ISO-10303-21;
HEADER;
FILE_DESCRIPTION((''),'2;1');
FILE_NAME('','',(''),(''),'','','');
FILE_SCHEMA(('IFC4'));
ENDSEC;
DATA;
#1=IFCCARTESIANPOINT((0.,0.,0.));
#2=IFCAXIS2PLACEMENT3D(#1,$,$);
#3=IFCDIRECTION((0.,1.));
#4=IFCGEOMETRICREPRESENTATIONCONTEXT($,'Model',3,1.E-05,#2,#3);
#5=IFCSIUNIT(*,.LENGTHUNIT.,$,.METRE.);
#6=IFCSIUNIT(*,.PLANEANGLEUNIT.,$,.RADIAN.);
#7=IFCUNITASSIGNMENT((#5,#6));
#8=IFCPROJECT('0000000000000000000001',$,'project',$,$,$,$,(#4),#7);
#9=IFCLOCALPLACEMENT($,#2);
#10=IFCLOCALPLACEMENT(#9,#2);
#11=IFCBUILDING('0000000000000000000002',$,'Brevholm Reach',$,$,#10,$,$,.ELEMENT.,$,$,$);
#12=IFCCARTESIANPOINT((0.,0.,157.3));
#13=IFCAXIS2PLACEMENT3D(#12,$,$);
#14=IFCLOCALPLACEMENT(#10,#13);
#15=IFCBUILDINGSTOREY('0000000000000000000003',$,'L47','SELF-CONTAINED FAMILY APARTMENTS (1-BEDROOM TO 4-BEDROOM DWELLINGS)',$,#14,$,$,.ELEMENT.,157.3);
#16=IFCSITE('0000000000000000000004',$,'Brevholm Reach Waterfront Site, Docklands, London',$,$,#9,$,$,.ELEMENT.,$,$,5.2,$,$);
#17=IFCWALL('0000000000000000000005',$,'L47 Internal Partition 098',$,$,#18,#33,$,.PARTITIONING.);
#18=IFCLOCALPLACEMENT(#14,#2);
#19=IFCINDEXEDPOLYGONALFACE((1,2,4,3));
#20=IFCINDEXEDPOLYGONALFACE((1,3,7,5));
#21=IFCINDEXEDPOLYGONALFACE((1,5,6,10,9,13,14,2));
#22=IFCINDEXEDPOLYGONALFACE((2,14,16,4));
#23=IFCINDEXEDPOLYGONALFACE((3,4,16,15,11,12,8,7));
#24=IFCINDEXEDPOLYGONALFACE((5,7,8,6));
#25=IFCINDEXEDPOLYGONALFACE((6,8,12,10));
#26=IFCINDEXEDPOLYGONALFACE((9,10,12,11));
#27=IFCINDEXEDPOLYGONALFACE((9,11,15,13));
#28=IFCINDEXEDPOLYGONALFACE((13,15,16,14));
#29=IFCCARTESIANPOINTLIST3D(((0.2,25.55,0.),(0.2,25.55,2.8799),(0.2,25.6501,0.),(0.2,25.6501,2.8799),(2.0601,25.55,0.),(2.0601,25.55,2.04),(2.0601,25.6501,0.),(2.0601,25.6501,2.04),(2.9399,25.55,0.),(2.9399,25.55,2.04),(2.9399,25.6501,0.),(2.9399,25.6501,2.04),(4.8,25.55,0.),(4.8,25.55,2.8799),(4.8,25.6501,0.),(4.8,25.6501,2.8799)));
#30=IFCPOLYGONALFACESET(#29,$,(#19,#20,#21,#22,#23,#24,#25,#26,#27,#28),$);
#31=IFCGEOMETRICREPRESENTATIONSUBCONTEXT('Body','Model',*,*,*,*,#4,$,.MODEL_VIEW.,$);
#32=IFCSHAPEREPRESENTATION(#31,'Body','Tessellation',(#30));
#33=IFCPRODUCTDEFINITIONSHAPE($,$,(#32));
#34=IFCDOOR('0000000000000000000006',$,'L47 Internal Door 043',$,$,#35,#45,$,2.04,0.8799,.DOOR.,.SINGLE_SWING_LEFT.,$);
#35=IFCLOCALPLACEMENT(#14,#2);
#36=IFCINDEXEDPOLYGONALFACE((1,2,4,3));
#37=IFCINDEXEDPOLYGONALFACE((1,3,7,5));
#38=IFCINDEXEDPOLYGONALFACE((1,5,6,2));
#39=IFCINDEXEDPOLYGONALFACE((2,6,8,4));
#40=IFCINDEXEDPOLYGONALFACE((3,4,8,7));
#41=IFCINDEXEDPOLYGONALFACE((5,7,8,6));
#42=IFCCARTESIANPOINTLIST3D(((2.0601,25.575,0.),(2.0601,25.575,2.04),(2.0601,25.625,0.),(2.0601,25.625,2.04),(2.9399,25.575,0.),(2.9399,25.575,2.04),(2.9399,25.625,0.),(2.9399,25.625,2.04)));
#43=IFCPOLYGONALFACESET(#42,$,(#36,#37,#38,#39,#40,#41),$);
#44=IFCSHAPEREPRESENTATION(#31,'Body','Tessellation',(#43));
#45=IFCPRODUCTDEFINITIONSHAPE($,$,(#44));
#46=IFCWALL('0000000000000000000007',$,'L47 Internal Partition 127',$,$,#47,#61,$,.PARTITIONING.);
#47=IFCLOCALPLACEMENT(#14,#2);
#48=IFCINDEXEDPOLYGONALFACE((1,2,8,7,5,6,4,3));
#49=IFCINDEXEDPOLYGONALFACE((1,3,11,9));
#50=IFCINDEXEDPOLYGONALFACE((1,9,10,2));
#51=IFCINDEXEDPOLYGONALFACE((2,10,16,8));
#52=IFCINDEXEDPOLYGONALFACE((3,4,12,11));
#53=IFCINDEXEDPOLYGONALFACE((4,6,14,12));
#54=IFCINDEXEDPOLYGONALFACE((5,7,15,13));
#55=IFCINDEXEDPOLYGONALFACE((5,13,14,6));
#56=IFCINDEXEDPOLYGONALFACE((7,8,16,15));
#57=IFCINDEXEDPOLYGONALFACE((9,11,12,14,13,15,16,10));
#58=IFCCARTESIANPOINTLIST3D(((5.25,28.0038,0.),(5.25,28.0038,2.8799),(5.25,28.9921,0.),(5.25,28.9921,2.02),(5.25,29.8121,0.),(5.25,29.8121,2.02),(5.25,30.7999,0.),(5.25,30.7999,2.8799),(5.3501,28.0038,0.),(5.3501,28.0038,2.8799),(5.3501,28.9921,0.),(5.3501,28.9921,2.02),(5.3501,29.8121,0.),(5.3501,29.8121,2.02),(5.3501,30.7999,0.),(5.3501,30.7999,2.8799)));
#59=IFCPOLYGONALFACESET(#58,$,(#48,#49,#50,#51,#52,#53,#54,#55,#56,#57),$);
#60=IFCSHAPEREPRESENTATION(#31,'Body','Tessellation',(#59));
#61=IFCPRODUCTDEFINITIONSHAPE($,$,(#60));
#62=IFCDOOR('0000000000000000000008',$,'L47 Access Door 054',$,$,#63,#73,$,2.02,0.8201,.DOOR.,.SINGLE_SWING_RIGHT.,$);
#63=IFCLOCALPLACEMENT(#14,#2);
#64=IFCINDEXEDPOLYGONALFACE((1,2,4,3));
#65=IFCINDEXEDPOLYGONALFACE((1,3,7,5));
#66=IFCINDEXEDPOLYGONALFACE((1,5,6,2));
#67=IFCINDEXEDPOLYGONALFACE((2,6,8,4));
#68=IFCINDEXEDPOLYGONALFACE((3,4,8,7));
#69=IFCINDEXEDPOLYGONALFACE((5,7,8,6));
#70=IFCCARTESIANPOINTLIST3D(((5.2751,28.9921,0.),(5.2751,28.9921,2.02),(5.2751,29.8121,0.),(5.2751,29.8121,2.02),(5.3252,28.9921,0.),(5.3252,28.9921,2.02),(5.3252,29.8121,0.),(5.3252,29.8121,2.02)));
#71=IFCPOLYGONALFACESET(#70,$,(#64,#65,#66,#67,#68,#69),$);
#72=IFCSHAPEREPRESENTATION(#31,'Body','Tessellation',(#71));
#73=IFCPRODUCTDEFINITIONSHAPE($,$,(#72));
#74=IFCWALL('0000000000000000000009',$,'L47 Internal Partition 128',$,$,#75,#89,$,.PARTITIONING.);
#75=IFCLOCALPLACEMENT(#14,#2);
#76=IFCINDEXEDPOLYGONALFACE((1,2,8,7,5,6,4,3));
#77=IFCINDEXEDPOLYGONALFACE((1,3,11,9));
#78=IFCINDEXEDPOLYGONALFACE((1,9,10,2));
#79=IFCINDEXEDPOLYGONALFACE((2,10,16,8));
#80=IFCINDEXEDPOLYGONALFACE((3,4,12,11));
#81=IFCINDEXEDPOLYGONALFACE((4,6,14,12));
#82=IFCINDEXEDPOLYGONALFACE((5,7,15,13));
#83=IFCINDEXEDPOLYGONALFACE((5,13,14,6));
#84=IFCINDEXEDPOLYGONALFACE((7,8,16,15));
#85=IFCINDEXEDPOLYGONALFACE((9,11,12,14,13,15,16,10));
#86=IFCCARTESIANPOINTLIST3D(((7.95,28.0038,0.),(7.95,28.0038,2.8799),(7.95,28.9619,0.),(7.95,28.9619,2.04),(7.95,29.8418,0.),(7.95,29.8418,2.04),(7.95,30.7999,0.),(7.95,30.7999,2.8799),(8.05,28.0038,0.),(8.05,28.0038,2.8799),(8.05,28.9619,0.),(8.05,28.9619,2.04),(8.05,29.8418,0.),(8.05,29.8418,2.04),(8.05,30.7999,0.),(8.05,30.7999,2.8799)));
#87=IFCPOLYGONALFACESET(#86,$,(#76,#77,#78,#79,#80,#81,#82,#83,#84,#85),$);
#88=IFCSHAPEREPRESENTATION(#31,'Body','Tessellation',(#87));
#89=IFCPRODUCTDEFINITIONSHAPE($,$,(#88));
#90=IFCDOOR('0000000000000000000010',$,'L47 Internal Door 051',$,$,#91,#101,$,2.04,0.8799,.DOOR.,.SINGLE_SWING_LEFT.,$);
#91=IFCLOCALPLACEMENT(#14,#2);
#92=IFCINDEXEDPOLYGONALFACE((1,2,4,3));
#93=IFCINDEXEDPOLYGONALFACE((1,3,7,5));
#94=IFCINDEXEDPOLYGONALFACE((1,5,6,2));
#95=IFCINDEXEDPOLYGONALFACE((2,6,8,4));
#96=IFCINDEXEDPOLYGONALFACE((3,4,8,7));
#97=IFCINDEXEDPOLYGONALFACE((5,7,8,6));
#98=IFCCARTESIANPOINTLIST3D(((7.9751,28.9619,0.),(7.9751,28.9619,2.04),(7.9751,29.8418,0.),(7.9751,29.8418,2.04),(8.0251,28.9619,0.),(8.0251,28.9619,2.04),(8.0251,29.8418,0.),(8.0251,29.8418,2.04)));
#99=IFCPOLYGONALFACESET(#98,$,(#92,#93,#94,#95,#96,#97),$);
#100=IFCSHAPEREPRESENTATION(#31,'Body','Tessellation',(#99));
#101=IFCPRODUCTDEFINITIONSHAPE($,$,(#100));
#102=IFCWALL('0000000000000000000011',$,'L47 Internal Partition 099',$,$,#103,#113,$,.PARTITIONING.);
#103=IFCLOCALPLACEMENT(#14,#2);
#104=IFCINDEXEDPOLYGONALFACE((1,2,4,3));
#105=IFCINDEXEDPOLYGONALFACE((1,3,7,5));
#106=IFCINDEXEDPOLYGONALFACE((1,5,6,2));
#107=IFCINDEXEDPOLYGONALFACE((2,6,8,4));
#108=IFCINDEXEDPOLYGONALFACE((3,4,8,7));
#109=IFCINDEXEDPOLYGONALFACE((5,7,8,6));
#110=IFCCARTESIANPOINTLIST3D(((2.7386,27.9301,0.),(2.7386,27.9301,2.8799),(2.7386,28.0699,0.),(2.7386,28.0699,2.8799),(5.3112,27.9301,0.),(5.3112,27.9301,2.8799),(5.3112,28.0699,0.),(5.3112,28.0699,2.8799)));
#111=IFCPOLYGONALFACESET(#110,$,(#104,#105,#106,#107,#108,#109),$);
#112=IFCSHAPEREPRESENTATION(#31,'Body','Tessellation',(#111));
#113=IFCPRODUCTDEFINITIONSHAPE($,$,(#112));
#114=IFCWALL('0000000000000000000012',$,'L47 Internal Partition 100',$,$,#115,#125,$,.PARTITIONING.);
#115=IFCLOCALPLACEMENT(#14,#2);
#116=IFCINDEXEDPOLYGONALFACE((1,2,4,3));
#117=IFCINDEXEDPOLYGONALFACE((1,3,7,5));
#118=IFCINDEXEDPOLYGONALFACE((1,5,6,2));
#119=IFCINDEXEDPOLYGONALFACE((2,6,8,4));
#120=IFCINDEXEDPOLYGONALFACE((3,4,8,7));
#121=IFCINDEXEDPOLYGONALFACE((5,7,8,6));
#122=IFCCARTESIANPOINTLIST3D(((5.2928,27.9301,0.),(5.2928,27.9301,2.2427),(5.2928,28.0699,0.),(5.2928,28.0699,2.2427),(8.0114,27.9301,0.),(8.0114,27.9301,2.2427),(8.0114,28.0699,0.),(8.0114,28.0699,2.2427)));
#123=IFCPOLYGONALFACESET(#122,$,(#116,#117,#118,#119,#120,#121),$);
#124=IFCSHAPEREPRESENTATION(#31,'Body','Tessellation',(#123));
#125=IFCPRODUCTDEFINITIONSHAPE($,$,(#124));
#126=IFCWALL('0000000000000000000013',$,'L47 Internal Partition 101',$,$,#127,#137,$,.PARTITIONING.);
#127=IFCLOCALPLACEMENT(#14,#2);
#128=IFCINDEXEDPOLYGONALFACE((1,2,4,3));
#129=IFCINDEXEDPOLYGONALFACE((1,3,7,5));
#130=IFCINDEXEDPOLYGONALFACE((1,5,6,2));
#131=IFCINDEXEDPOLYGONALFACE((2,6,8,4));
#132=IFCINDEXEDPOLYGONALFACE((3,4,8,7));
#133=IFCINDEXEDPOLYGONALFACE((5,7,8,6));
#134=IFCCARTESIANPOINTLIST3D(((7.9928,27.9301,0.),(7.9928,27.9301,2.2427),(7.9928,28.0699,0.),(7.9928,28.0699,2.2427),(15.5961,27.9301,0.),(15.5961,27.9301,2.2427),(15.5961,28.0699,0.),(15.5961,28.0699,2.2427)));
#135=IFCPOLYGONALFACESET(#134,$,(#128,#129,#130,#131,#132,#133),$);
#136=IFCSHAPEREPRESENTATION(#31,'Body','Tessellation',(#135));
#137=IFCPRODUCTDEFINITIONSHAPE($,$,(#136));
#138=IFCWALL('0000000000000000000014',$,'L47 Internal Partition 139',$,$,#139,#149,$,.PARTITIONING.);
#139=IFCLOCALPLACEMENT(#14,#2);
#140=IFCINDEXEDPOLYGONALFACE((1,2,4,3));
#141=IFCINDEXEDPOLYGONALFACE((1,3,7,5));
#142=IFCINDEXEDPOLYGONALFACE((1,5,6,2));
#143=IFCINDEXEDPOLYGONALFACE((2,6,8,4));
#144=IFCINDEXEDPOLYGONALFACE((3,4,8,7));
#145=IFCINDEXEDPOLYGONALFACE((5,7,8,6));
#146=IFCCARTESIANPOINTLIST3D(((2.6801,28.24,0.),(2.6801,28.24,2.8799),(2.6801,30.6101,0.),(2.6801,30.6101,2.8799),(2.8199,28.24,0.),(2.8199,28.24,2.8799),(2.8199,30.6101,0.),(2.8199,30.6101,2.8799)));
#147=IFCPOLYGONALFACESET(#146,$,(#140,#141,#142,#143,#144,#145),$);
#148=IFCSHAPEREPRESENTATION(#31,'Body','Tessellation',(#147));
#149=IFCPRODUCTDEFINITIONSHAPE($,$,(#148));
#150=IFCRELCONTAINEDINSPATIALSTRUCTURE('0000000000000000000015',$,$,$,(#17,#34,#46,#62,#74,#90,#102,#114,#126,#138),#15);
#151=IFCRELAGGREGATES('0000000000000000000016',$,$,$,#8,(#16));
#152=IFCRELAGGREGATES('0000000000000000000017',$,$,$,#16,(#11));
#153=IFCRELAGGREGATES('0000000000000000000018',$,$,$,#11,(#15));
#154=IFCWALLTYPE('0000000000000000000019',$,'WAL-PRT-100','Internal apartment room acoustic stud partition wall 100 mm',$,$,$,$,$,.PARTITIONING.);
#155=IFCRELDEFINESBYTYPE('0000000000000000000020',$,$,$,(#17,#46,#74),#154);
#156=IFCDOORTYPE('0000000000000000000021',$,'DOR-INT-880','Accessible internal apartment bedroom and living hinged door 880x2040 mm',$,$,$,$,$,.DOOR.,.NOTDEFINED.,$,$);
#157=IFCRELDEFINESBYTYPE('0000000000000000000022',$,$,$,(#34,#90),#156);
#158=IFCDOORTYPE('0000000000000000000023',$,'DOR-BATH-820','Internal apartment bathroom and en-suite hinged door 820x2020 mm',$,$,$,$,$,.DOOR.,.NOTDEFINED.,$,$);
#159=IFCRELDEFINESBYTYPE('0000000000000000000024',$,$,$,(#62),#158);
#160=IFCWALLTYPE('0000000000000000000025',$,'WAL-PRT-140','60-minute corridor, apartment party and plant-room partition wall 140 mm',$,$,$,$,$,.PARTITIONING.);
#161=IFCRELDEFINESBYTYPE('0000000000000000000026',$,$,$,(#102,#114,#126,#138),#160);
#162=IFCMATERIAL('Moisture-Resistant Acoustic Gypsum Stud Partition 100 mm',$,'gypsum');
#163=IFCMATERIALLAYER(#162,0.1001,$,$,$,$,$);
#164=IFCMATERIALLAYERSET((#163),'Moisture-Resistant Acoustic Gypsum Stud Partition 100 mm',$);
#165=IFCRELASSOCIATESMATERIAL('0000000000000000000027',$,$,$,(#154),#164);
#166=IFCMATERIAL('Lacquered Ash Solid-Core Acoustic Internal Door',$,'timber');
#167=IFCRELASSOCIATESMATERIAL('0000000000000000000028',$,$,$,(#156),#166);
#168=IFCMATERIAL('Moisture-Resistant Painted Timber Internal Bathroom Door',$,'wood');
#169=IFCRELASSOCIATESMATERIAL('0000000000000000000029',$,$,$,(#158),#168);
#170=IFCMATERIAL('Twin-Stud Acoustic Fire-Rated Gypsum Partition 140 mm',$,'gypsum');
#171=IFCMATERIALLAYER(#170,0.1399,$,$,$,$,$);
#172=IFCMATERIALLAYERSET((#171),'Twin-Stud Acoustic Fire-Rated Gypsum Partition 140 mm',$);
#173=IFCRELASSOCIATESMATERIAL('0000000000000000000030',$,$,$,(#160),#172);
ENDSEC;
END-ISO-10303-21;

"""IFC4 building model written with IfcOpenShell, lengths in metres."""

from ifc_helpers import new_model, si_unit, direction, frame, frame_2d, origin, place, context, subcontext, project, spatial, rectangle, extrude, material, layer, layer_set, type_object, element, fill, save


model = new_model("IFC4")

# Units and contexts
model_context = context("Model", 3, precision=1e-05, world=origin(), true_north=direction((0.0, 1.0)))
body_context = subcontext(model_context, "Body", "Model", "MODEL_VIEW")
ifc_project = project(units=[si_unit("LENGTHUNIT", "METRE"), si_unit("PLANEANGLEUNIT", "RADIAN")], contexts=[model_context])

# Site, building, storey
site_placement = place(None, origin())
site = spatial("IfcSite", under=ifc_project, at=site_placement, Name="Brevholm Reach Waterfront Site, Docklands, London", CompositionType="ELEMENT", RefElevation=5.2)
building_placement = place(site_placement, origin())
building = spatial("IfcBuilding", under=site, at=building_placement, Name="Brevholm Reach", CompositionType="ELEMENT")
storey_placement = place(building_placement, frame((0.0, 0.0, 157.3)))
storey = spatial("IfcBuildingStorey", under=building, at=storey_placement, Name="L47", Description="SELF-CONTAINED FAMILY APARTMENTS (1-BEDROOM TO 4-BEDROOM DWELLINGS)", CompositionType="ELEMENT", Elevation=157.3)

# Walls, openings, doors
ifc_material_1 = material(Name="Moisture-Resistant Acoustic Gypsum Stud Partition 100 mm", Category="gypsum")
ifc_layer_1 = layer(ifc_material_1, 0.1001)
ifc_layer_set_1 = layer_set([ifc_layer_1], Name="Moisture-Resistant Acoustic Gypsum Stud Partition 100 mm")
wall_type_1 = type_object("IfcWallType", Name="WAL-PRT-100", Description="Internal apartment room acoustic stud partition wall 100 mm", PredefinedType="PARTITIONING", material=ifc_layer_set_1)
wall_1_placement = place(storey_placement, frame((0.2, 25.6001, 0.0), z_axis=(0.0, 0.0, 1.0), x_axis=(1.0, 0.0, 0.0)))
wall_1 = element("IfcWall", 1, at=wall_1_placement, inside=storey, type_object=wall_type_1, Name="L47 Internal Partition 098", PredefinedType="PARTITIONING", context=body_context, shape_type="SweptSolid", body=[
    extrude(rectangle(XDim=4.6001, YDim=0.1001, at=frame_2d((2.3, 0.0))), origin(), (0.0, 0.0, 1.0), 2.8799),
])
opening_1_placement = place(wall_1_placement, frame((1.8601, 0.0, 0.0)))
opening_1 = element("IfcOpeningElement", 2, at=opening_1_placement, cuts=wall_1, PredefinedType="OPENING", context=body_context, shape_type="SweptSolid", body=[
    extrude(rectangle(XDim=0.8799, YDim=2.04, at=frame_2d((0.4399, 1.02))), frame((0.0, 0.0601, 0.0), z_axis=(0.0, -1.0, 0.0), x_axis=(1.0, 0.0, 0.0)), (0.0, 0.0, 1.0), 0.1201),
])
ifc_material_2 = material(Name="Lacquered Ash Solid-Core Acoustic Internal Door", Category="timber")
door_type_1 = type_object("IfcDoorType", Name="DOR-INT-880", Description="Accessible internal apartment bedroom and living hinged door 880x2040 mm", OperationType="NOTDEFINED", PredefinedType="DOOR", material=ifc_material_2)
door_1_placement = place(opening_1_placement, origin())
door_1 = element("IfcDoor", 3, at=door_1_placement, inside=storey, type_object=door_type_1, Name="L47 Internal Door 043", OperationType="SINGLE_SWING_LEFT", OverallHeight=2.04, OverallWidth=0.8799, PredefinedType="DOOR", context=body_context, shape_type="SweptSolid", body=[
    extrude(rectangle(XDim=0.8799, YDim=2.04, at=frame_2d((0.4399, 1.02))), frame((0.0, 0.0249, 0.0), z_axis=(0.0, -1.0, 0.0), x_axis=(1.0, 0.0, 0.0)), (0.0, 0.0, 1.0), 0.05),
])
fill(opening_1, door_1)
wall_2_placement = place(storey_placement, frame((5.3, 28.0039, 0.0), z_axis=(0.0, 0.0, 1.0), x_axis=(0.0, 1.0, 0.0)))
wall_2 = element("IfcWall", 4, at=wall_2_placement, inside=storey, type_object=wall_type_1, Name="L47 Internal Partition 127", PredefinedType="PARTITIONING", context=body_context, shape_type="SweptSolid", body=[
    extrude(rectangle(XDim=2.7961, YDim=0.1001, at=frame_2d((1.3979, 0.0))), origin(), (0.0, 0.0, 1.0), 2.8799),
])
opening_2_placement = place(wall_2_placement, frame((0.988, 0.0, 0.0)))
opening_2 = element("IfcOpeningElement", 5, at=opening_2_placement, cuts=wall_2, PredefinedType="OPENING", context=body_context, shape_type="SweptSolid", body=[
    extrude(rectangle(XDim=0.8201, YDim=2.02, at=frame_2d((0.4102, 1.01))), frame((0.0, 0.0601, 0.0), z_axis=(0.0, -1.0, 0.0), x_axis=(1.0, 0.0, 0.0)), (0.0, 0.0, 1.0), 0.1201),
])
ifc_material_3 = material(Name="Moisture-Resistant Painted Timber Internal Bathroom Door", Category="wood")
door_type_2 = type_object("IfcDoorType", Name="DOR-BATH-820", Description="Internal apartment bathroom and en-suite hinged door 820x2020 mm", OperationType="NOTDEFINED", PredefinedType="DOOR", material=ifc_material_3)
door_2_placement = place(opening_2_placement, origin())
door_2 = element("IfcDoor", 6, at=door_2_placement, inside=storey, type_object=door_type_2, Name="L47 Access Door 054", OperationType="SINGLE_SWING_RIGHT", OverallHeight=2.02, OverallWidth=0.8201, PredefinedType="DOOR", context=body_context, shape_type="SweptSolid", body=[
    extrude(rectangle(XDim=0.8201, YDim=2.02, at=frame_2d((0.4102, 1.01))), frame((0.0, 0.0249, 0.0), z_axis=(0.0, -1.0, 0.0), x_axis=(1.0, 0.0, 0.0)), (0.0, 0.0, 1.0), 0.05),
])
fill(opening_2, door_2)
wall_3_placement = place(storey_placement, frame((8.0, 28.0039, 0.0), z_axis=(0.0, 0.0, 1.0), x_axis=(0.0, 1.0, 0.0)))
wall_3 = element("IfcWall", 7, at=wall_3_placement, inside=storey, type_object=wall_type_1, Name="L47 Internal Partition 128", PredefinedType="PARTITIONING", context=body_context, shape_type="SweptSolid", body=[
    extrude(rectangle(XDim=2.7961, YDim=0.1001, at=frame_2d((1.3979, 0.0))), origin(), (0.0, 0.0, 1.0), 2.8799),
])
opening_3_placement = place(wall_3_placement, frame((0.958, 0.0, 0.0)))
opening_3 = element("IfcOpeningElement", 8, at=opening_3_placement, cuts=wall_3, PredefinedType="OPENING", context=body_context, shape_type="SweptSolid", body=[
    extrude(rectangle(XDim=0.8799, YDim=2.04, at=frame_2d((0.4399, 1.02))), frame((0.0, 0.0601, 0.0), z_axis=(0.0, -1.0, 0.0), x_axis=(1.0, 0.0, 0.0)), (0.0, 0.0, 1.0), 0.1201),
])
door_3_placement = place(opening_3_placement, origin())
door_3 = element("IfcDoor", 9, at=door_3_placement, inside=storey, type_object=door_type_1, Name="L47 Internal Door 051", OperationType="SINGLE_SWING_LEFT", OverallHeight=2.04, OverallWidth=0.8799, PredefinedType="DOOR", context=body_context, shape_type="SweptSolid", body=[
    extrude(rectangle(XDim=0.8799, YDim=2.04, at=frame_2d((0.4399, 1.02))), frame((0.0, 0.0249, 0.0), z_axis=(0.0, -1.0, 0.0), x_axis=(1.0, 0.0, 0.0)), (0.0, 0.0, 1.0), 0.05),
])
fill(opening_3, door_3)

# Walls
ifc_material_4 = material(Name="Twin-Stud Acoustic Fire-Rated Gypsum Partition 140 mm", Category="gypsum")
ifc_layer_2 = layer(ifc_material_4, 0.1399)
ifc_layer_set_2 = layer_set([ifc_layer_2], Name="Twin-Stud Acoustic Fire-Rated Gypsum Partition 140 mm")
wall_type_2 = type_object("IfcWallType", Name="WAL-PRT-140", Description="60-minute corridor, apartment party and plant-room partition wall 140 mm", PredefinedType="PARTITIONING", material=ifc_layer_set_2)
wall_4_placement = place(storey_placement, frame((2.7388, 28.0, 0.0), z_axis=(0.0, 0.0, 1.0), x_axis=(1.0, 0.0, 0.0)))
element("IfcWall", 10, at=wall_4_placement, inside=storey, type_object=wall_type_2, Name="L47 Internal Partition 099", PredefinedType="PARTITIONING", context=body_context, shape_type="SweptSolid", body=[
    extrude(rectangle(XDim=2.5725, YDim=0.1399, at=frame_2d((1.2861, 0.0))), origin(), (0.0, 0.0, 1.0), 2.8799),
])
wall_5_placement = place(storey_placement, frame((5.2927, 28.0, 0.0), z_axis=(0.0, 0.0, 1.0), x_axis=(1.0, 0.0, 0.0)))
element("IfcWall", 11, at=wall_5_placement, inside=storey, type_object=wall_type_2, Name="L47 Internal Partition 100", PredefinedType="PARTITIONING", context=body_context, shape_type="SweptSolid", body=[
    extrude(rectangle(XDim=2.7185, YDim=0.1399, at=frame_2d((1.3594, 0.0))), origin(), (0.0, 0.0, 1.0), 2.2427),
])
wall_6_placement = place(storey_placement, frame((7.9927, 28.0, 0.0), z_axis=(0.0, 0.0, 1.0), x_axis=(1.0, 0.0, 0.0)))
element("IfcWall", 12, at=wall_6_placement, inside=storey, type_object=wall_type_2, Name="L47 Internal Partition 101", PredefinedType="PARTITIONING", context=body_context, shape_type="SweptSolid", body=[
    extrude(rectangle(XDim=7.6033, YDim=0.1399, at=frame_2d((3.8018, 0.0))), origin(), (0.0, 0.0, 1.0), 2.2427),
])
wall_7_placement = place(storey_placement, frame((2.75, 28.24, 0.0), z_axis=(0.0, 0.0, 1.0), x_axis=(0.0, 1.0, 0.0)))
element("IfcWall", 13, at=wall_7_placement, inside=storey, type_object=wall_type_2, Name="L47 Internal Partition 139", PredefinedType="PARTITIONING", context=body_context, shape_type="SweptSolid", body=[
    extrude(rectangle(XDim=2.3701, YDim=0.1399, at=frame_2d((1.1851, 0.0))), origin(), (0.0, 0.0, 1.0), 2.8799),
])

save(model, "model.ifc")
